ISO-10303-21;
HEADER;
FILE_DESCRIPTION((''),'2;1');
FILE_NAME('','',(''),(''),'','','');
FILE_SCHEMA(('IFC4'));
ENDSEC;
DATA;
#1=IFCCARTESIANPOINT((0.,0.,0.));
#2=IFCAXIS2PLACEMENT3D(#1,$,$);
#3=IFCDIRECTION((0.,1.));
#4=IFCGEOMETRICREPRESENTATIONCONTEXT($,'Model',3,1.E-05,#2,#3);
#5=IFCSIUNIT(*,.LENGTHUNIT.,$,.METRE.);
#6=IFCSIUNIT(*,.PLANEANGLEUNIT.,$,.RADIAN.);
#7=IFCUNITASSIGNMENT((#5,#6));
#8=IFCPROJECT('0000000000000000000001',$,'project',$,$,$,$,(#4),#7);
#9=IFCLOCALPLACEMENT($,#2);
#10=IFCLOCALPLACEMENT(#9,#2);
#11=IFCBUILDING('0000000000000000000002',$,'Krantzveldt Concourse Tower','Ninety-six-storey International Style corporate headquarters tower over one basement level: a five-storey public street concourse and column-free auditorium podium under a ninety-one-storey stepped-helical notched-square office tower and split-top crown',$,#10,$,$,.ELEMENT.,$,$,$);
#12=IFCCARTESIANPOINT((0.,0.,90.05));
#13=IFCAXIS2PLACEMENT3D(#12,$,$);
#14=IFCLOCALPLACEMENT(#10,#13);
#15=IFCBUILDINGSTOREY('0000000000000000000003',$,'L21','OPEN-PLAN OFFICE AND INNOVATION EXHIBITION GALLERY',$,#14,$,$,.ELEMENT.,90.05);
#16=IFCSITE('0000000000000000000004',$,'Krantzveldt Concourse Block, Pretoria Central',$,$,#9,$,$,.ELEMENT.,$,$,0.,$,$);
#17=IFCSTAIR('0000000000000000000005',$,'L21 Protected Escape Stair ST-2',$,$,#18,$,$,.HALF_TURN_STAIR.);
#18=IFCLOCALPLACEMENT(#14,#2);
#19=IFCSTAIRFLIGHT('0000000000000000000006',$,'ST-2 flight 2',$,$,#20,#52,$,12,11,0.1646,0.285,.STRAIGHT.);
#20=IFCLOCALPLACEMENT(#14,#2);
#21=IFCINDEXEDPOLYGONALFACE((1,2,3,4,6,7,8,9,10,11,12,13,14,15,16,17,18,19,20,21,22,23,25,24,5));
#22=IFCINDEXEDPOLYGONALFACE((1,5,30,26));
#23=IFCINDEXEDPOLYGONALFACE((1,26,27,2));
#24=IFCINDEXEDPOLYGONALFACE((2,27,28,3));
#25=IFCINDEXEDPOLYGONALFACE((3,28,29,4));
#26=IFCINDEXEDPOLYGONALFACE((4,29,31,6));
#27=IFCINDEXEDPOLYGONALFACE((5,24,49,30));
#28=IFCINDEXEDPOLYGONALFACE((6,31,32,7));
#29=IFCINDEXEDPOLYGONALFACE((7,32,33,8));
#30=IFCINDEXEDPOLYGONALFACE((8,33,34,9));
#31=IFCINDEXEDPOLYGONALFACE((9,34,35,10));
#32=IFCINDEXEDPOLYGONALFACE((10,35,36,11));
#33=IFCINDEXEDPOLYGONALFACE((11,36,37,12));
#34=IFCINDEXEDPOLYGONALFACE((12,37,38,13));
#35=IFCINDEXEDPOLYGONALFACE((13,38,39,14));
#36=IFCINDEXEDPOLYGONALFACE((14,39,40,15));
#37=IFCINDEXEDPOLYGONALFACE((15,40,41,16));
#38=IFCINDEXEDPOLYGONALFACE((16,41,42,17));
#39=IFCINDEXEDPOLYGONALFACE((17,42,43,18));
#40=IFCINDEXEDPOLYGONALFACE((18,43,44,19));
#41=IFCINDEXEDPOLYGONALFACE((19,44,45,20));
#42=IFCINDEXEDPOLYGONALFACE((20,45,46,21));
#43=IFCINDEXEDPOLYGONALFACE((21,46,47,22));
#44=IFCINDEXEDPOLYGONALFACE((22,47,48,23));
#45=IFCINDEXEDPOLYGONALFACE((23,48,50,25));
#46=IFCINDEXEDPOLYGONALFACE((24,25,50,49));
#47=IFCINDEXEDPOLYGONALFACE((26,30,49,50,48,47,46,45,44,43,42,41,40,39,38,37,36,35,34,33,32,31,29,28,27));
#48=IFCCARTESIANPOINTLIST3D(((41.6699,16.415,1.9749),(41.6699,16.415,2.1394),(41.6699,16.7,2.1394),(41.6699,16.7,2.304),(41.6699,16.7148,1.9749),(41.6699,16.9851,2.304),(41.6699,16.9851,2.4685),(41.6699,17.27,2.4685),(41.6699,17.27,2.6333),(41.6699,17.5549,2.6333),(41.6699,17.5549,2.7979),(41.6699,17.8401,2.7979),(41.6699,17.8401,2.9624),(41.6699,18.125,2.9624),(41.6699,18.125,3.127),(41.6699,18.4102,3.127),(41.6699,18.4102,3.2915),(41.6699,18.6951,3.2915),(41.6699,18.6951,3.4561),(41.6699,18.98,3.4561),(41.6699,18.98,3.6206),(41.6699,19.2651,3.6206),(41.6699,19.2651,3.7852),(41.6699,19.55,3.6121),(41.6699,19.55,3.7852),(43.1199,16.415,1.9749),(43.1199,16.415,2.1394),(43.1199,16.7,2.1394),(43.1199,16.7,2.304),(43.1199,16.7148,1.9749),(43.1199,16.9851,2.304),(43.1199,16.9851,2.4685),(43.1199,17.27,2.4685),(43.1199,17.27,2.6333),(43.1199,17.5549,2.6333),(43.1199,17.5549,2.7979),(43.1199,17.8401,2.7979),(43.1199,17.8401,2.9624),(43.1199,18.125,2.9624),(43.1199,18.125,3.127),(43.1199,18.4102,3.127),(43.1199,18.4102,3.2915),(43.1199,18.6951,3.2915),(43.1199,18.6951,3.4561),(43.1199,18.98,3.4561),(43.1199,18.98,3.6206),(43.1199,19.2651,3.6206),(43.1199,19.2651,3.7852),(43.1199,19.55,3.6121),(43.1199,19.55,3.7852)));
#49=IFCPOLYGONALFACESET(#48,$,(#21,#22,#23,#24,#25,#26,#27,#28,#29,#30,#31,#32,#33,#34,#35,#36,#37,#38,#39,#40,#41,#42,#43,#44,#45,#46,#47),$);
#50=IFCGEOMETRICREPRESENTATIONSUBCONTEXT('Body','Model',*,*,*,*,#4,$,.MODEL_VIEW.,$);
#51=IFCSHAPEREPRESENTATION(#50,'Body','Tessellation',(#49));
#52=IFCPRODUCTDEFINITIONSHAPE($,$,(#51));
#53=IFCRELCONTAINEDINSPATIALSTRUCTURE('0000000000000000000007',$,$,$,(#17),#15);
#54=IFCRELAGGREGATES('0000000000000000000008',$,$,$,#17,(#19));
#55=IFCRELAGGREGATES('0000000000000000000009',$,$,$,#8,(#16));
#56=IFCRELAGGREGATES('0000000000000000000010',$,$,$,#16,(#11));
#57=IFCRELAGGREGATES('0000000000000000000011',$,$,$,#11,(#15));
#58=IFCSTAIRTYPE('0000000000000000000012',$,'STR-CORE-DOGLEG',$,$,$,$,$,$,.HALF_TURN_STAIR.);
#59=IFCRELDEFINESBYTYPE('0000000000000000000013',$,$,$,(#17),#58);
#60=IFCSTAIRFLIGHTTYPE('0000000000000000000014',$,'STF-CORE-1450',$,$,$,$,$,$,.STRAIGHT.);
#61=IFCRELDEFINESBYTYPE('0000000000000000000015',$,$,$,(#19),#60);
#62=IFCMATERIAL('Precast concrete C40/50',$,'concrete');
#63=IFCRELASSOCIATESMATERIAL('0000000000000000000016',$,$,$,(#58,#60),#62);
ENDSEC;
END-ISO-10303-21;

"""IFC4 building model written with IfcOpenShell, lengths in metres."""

from ifc_helpers import new_model, si_unit, direction, frame, origin, place, context, subcontext, project, spatial, polyline, outline, extrude, material, type_object, element, aggregate, save


model = new_model("IFC4")

# Units and contexts
model_context = context("Model", 3, precision=1e-05, world=origin(), true_north=direction((0.0, 1.0)))
body_context = subcontext(model_context, "Body", "Model", "MODEL_VIEW")
ifc_project = project(units=[si_unit("LENGTHUNIT", "METRE"), si_unit("PLANEANGLEUNIT", "RADIAN")], contexts=[model_context])

# Site, building, storey
site_placement = place(None, origin())
site = spatial("IfcSite", under=ifc_project, at=site_placement, Name="Krantzveldt Concourse Block, Pretoria Central", CompositionType="ELEMENT", RefElevation=0.0)
building_placement = place(site_placement, origin())
building = spatial("IfcBuilding", under=site, at=building_placement, Name="Krantzveldt Concourse Tower", Description="Ninety-six-storey International Style corporate headquarters tower over one basement level: a five-storey public street concourse and column-free auditorium podium under a ninety-one-storey stepped-helical notched-square office tower and split-top crown", CompositionType="ELEMENT")
storey_placement = place(building_placement, frame((0.0, 0.0, 90.05)))
storey = spatial("IfcBuildingStorey", under=building, at=storey_placement, Name="L21", Description="OPEN-PLAN OFFICE AND INNOVATION EXHIBITION GALLERY", CompositionType="ELEMENT", Elevation=90.05)

# Stair, stair flight
ifc_material_1 = material(Name="Precast concrete C40/50", Category="concrete")
stair_type = type_object("IfcStairType", Name="STR-CORE-DOGLEG", PredefinedType="HALF_TURN_STAIR", material=ifc_material_1)
stair_placement = place(storey_placement, origin())
stair = element("IfcStair", 1, at=stair_placement, inside=storey, type_object=stair_type, Name="L21 Protected Escape Stair ST-2", PredefinedType="HALF_TURN_STAIR")
stair_flight_type = type_object("IfcStairFlightType", Name="STF-CORE-1450", PredefinedType="STRAIGHT", material=ifc_material_1)
stair_flight_1_placement = place(storey_placement, frame((42.395, 16.415, 1.9749), z_axis=(0.0, 0.0, 1.0), x_axis=(0.0, 1.0, 0.0)))
stair_flight_1 = element("IfcStairFlight", 2, at=stair_flight_1_placement, type_object=stair_flight_type, Name="ST-2 flight 2", NumberOfRisers=12, NumberOfTreads=11, PredefinedType="STRAIGHT", RiserHeight=0.1646, TreadLength=0.285, context=body_context, shape_type="SweptSolid", body=[
    extrude(outline(polyline([(0.0, 0.0), (0.0, 0.1646), (0.2849, 0.1646), (0.2849, 0.3291), (0.5701, 0.3291), (0.5701, 0.4937), (0.855, 0.4937), (0.855, 0.6584), (1.1399, 0.6584), (1.1399, 0.823), (1.425, 0.823), (1.425, 0.9875), (1.71, 0.9875), (1.71, 1.1521), (1.9951, 1.1521), (1.9951, 1.3167), (2.28, 1.3167), (2.28, 1.4812), (2.5649, 1.4812), (2.5649, 1.6458), (2.8501, 1.6458), (2.8501, 1.8103), (3.135, 1.8103), (3.135, 1.9751), (3.135, 1.6372), (0.2998, 0.0), (0.0, 0.0)])), frame((0.0, 0.7251, 0.0), z_axis=(0.0, -1.0, 0.0), x_axis=(1.0, 0.0, 0.0)), (0.0, 0.0, 1.0), 1.45),
])
aggregate(stair, [stair_flight_1])

save(model, "model.ifc")
